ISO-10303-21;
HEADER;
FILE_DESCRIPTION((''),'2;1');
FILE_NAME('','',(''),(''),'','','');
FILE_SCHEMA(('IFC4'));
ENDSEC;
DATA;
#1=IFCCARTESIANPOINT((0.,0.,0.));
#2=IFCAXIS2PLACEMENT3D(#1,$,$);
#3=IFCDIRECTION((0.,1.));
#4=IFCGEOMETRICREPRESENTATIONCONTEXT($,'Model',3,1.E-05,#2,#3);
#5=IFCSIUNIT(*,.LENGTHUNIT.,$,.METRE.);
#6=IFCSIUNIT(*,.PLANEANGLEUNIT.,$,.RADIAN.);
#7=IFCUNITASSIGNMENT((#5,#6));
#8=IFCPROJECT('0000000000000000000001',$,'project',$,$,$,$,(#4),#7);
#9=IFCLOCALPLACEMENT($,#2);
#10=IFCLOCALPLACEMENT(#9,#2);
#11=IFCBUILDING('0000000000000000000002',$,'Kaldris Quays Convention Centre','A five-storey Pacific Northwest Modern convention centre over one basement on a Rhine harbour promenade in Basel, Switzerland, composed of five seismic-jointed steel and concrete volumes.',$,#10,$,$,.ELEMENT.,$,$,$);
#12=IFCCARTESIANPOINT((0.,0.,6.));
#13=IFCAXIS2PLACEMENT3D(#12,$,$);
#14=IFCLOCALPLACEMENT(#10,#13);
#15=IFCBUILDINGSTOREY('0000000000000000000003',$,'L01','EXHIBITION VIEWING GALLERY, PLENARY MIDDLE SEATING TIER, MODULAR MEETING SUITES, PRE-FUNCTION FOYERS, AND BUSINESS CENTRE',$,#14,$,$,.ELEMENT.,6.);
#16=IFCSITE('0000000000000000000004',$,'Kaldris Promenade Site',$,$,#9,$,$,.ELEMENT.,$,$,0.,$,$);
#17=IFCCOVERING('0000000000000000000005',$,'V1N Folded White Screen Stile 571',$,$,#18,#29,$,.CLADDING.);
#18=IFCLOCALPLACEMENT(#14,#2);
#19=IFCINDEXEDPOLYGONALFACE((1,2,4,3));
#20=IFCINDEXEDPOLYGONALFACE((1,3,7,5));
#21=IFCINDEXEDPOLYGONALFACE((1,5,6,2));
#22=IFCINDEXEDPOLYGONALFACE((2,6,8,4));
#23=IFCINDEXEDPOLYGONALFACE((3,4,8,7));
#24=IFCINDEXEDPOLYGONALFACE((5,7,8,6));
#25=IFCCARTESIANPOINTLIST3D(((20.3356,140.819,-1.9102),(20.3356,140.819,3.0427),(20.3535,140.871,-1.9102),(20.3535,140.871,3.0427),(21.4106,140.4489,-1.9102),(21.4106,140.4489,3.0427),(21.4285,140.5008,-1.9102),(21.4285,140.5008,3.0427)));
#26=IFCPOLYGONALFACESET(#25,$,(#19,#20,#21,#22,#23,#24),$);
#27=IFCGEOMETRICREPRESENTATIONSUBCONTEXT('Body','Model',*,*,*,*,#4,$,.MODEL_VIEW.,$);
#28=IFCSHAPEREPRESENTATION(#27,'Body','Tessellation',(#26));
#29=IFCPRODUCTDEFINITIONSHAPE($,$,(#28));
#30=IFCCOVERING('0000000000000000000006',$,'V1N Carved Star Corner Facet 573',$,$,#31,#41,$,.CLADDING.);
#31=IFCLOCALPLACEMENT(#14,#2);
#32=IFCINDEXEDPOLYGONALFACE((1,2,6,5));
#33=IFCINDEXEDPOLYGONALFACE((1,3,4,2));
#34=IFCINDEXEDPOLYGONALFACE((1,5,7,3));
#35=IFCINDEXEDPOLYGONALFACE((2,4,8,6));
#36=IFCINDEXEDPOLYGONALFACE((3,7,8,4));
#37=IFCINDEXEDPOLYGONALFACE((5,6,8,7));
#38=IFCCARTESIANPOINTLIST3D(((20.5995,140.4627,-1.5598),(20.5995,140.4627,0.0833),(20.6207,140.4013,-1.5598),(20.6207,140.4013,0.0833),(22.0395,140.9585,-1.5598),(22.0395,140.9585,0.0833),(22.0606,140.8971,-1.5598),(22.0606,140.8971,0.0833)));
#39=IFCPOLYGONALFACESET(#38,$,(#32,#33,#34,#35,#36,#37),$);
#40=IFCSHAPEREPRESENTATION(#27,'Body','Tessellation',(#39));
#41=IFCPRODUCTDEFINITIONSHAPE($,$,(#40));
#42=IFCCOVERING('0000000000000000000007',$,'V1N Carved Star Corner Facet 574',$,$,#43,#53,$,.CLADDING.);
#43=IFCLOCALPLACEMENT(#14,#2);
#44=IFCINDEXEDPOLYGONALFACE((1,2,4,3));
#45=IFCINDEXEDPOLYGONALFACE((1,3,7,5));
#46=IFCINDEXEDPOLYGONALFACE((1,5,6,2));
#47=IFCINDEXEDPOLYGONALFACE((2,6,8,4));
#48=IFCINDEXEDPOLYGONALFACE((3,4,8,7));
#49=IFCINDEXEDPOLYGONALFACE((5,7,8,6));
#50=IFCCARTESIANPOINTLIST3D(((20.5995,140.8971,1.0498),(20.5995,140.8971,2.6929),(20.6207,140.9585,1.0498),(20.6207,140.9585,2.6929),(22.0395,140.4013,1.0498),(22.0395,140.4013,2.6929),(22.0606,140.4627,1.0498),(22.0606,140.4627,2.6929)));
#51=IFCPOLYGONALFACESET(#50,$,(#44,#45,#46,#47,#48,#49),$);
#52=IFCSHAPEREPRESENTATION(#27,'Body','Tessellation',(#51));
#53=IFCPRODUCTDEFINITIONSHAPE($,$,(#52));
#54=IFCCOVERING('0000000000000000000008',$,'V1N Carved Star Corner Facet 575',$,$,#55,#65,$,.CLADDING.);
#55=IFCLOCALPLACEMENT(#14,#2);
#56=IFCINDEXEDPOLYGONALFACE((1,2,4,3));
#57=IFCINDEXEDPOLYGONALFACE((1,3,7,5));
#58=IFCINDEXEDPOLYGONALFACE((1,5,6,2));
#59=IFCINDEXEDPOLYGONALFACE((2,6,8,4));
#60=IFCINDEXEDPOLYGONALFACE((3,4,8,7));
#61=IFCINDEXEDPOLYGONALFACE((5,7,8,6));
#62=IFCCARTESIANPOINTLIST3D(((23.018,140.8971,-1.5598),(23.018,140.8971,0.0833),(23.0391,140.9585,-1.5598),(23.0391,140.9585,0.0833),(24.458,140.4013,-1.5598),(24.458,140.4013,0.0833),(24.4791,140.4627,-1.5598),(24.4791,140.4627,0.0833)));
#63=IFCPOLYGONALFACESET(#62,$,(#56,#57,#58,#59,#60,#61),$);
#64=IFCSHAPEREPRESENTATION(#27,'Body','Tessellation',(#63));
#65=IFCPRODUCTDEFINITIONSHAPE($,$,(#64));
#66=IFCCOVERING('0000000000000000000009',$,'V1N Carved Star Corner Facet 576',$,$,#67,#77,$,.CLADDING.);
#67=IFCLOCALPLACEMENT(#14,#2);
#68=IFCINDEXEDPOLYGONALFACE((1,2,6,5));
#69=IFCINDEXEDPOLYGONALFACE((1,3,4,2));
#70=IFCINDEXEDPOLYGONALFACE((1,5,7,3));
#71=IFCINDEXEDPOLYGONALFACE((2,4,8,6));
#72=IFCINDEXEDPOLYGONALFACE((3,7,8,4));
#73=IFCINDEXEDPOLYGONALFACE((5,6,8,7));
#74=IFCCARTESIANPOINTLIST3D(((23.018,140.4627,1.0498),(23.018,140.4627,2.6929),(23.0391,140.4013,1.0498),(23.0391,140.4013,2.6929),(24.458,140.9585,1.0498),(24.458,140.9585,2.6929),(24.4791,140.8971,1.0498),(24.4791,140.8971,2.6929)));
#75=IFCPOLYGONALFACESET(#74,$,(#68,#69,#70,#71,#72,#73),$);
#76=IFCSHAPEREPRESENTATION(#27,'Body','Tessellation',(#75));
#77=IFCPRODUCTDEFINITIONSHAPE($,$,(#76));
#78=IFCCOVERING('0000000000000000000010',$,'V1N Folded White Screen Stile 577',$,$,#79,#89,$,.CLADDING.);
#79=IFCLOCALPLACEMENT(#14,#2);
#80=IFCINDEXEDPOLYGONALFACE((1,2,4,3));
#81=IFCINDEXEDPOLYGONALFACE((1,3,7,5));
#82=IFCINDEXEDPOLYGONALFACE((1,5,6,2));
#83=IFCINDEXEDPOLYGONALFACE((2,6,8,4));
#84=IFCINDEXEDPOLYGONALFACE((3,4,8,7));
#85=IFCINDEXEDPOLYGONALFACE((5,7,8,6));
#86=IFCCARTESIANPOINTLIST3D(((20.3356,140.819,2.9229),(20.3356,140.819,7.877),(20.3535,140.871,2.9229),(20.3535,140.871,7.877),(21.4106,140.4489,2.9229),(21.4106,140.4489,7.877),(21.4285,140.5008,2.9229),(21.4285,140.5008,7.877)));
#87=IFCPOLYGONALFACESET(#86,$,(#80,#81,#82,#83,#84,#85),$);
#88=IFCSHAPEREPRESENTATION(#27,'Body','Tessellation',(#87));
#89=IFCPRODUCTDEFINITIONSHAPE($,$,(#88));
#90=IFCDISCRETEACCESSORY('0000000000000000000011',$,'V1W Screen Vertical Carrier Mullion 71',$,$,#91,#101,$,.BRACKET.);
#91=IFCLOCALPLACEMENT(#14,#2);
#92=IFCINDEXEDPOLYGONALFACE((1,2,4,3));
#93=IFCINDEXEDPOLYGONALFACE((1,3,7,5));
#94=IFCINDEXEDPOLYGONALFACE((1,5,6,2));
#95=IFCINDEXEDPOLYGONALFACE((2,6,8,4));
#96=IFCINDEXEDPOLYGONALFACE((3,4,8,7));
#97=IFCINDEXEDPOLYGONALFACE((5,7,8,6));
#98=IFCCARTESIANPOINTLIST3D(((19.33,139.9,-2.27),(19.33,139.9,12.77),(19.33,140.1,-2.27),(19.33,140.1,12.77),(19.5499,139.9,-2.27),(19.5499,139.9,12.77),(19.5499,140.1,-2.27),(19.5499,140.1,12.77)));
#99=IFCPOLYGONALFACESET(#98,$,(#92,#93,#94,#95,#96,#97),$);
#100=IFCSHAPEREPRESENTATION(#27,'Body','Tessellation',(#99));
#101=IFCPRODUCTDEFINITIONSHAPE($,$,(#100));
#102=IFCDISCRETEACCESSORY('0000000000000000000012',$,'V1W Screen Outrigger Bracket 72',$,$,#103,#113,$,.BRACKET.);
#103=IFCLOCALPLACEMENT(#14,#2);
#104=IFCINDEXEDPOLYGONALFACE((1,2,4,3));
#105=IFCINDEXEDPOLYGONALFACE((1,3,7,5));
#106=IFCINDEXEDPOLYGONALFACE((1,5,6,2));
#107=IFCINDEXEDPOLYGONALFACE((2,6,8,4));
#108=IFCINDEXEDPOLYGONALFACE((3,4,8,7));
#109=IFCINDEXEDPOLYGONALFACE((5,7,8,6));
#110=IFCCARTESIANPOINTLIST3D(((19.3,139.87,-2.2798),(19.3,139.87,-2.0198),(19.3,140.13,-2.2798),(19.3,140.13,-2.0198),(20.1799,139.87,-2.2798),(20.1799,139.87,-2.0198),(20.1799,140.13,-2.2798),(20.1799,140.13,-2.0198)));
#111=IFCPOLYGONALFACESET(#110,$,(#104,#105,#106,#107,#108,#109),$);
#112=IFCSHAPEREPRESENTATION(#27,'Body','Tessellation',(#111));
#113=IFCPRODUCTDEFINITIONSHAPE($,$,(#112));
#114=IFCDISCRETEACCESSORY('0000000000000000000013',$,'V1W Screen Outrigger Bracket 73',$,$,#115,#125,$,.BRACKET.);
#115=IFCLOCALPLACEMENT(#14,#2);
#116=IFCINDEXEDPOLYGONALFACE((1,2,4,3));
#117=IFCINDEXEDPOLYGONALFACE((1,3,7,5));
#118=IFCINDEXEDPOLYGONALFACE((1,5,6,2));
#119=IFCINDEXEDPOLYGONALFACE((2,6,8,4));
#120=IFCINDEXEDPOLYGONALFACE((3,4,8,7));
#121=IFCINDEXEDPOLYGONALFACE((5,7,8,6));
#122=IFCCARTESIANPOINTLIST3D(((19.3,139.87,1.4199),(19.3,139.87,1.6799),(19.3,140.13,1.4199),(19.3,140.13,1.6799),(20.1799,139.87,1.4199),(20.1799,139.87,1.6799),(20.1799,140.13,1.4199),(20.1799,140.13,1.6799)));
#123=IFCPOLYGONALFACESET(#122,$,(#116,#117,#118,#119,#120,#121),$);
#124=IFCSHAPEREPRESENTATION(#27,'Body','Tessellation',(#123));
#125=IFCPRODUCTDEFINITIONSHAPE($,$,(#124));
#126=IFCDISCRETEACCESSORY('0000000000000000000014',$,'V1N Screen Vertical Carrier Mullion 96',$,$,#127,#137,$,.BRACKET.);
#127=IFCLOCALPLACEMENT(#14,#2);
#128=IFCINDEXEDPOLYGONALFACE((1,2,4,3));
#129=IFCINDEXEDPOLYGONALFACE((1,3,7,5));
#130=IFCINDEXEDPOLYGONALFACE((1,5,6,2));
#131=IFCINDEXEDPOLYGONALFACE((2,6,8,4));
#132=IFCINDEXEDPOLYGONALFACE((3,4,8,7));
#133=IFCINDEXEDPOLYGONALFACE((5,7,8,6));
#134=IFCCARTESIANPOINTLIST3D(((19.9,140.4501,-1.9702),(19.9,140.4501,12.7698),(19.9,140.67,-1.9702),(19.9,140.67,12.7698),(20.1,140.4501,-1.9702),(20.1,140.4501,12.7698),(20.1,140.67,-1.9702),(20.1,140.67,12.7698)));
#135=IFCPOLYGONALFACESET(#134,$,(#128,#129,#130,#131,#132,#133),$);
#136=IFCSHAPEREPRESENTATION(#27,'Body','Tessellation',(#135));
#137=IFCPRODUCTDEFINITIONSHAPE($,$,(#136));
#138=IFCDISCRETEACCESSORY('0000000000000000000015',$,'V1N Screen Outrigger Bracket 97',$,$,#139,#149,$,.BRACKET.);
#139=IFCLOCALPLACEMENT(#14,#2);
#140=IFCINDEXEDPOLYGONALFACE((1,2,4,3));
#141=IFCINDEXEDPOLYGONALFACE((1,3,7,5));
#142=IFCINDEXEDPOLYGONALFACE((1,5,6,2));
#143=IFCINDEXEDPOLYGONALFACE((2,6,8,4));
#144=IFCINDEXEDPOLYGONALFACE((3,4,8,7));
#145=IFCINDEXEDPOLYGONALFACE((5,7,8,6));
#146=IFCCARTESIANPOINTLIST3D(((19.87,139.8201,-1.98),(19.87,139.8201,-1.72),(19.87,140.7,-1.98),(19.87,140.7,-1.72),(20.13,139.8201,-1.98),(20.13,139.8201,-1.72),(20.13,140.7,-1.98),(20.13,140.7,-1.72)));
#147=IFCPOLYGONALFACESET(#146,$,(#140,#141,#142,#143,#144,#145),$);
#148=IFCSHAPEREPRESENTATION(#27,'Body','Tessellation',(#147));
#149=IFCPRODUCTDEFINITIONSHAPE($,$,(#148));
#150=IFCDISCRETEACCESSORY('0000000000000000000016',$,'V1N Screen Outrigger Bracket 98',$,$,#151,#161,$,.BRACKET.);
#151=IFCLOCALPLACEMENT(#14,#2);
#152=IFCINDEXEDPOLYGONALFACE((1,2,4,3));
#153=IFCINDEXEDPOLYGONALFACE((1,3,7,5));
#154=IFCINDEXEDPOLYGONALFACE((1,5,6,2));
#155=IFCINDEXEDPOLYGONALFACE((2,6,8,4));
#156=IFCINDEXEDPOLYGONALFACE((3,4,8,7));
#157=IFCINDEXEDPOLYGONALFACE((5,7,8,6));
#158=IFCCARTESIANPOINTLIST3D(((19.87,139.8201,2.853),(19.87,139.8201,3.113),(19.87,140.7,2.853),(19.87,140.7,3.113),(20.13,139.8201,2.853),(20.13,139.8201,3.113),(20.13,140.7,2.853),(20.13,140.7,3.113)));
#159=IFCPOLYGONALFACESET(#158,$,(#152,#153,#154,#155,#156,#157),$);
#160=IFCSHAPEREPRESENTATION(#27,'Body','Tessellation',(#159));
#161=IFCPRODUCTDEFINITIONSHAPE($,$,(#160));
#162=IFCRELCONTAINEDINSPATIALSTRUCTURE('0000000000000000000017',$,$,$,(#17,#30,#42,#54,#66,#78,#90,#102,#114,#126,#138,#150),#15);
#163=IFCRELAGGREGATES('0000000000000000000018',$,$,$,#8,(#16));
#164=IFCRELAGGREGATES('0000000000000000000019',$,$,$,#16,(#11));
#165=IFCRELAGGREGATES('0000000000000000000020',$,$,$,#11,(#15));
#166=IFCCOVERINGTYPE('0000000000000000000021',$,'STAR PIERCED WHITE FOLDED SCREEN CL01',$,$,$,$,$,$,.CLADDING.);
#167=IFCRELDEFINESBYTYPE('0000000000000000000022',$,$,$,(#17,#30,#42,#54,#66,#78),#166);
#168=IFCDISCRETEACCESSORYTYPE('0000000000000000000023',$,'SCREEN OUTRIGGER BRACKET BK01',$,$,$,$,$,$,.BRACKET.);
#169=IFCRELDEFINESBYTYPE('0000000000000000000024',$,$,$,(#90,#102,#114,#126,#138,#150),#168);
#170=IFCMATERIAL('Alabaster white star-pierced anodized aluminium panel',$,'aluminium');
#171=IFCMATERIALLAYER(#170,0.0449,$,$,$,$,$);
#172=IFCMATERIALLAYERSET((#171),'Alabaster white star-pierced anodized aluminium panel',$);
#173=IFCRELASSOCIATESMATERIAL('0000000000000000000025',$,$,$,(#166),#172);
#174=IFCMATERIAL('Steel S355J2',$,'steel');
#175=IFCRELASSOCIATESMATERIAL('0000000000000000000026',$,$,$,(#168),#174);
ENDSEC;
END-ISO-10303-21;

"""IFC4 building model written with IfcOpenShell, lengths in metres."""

from ifc_helpers import new_model, si_unit, direction, frame, origin, origin_2d, place, context, subcontext, project, spatial, rectangle, extrude, material, layer, layer_set, type_object, element, save


model = new_model("IFC4")

# Units and contexts
model_context = context("Model", 3, precision=1e-05, world=origin(), true_north=direction((0.0, 1.0)))
body_context = subcontext(model_context, "Body", "Model", "MODEL_VIEW")
ifc_project = project(units=[si_unit("LENGTHUNIT", "METRE"), si_unit("PLANEANGLEUNIT", "RADIAN")], contexts=[model_context])

# Site, building, storey
site_placement = place(None, origin())
site = spatial("IfcSite", under=ifc_project, at=site_placement, Name="Kaldris Promenade Site", CompositionType="ELEMENT", RefElevation=0.0)
building_placement = place(site_placement, origin())
building = spatial("IfcBuilding", under=site, at=building_placement, Name="Kaldris Quays Convention Centre", Description="A five-storey Pacific Northwest Modern convention centre over one basement on a Rhine harbour promenade in Basel, Switzerland, composed of five seismic-jointed steel and concrete volumes.", CompositionType="ELEMENT")
storey_placement = place(building_placement, frame((0.0, 0.0, 6.0)))
storey = spatial("IfcBuildingStorey", under=building, at=storey_placement, Name="L01", Description="EXHIBITION VIEWING GALLERY, PLENARY MIDDLE SEATING TIER, MODULAR MEETING SUITES, PRE-FUNCTION FOYERS, AND BUSINESS CENTRE", CompositionType="ELEMENT", Elevation=6.0)

# Shared definitions
ifc_material_1 = material(Name="Steel S355J2", Category="steel")

# Coverings
ifc_material_2 = material(Name="Alabaster white star-pierced anodized aluminium panel", Category="aluminium")
ifc_layer_1 = layer(ifc_material_2, 0.0449)
ifc_layer_set_1 = layer_set([ifc_layer_1], Name="Alabaster white star-pierced anodized aluminium panel")
covering_type = type_object("IfcCoveringType", Name="STAR PIERCED WHITE FOLDED SCREEN CL01", PredefinedType="CLADDING", material=ifc_layer_set_1)
covering_1_placement = place(storey_placement, frame((20.8821, 140.6599, -1.9102), z_axis=(0.0, 0.0, 1.0), x_axis=(0.945519, -0.325568, 0.0)))
element("IfcCovering", 1, at=covering_1_placement, inside=storey, type_object=covering_type, Name="V1N Folded White Screen Stile 571", PredefinedType="CLADDING", context=body_context, shape_type="SweptSolid", body=[
    extrude(rectangle(XDim=1.137, YDim=0.0549, at=origin_2d()), origin(), (0.0, 0.0, 1.0), 4.9529),
])
for number, where, z_axis, x_axis, name in (
    (2, (21.3301, 140.6799, -1.5598), (0.0, 0.0, 1.0), (0.945519, 0.325568, 0.0), "V1N Carved Star Corner Facet 573"),
    (3, (21.3301, 140.6799, 1.0498), (0.0, 0.0, 1.0), (0.945519, -0.325568, 0.0), "V1N Carved Star Corner Facet 574"),
    (4, (23.7485, 140.6799, -1.5598), (0.0, 0.0, 1.0), (0.945519, -0.325568, 0.0), "V1N Carved Star Corner Facet 575"),
    (5, (23.7485, 140.6799, 1.0498), (0.0, 0.0, 1.0), (0.945519, 0.325568, 0.0), "V1N Carved Star Corner Facet 576"),
):
    element("IfcCovering", number, at=place(storey_placement, frame(where, z_axis=z_axis, x_axis=x_axis)), inside=storey, type_object=covering_type, Name=name, PredefinedType="CLADDING", context=body_context, shape_type="SweptSolid", body=[
        extrude(rectangle(XDim=1.5229, YDim=0.0649, at=origin_2d()), origin(), (0.0, 0.0, 1.0), 1.6431),
    ])
covering_2_placement = place(storey_placement, frame((20.8821, 140.6599, 2.9229), z_axis=(0.0, 0.0, 1.0), x_axis=(0.945519, -0.325568, 0.0)))
element("IfcCovering", 6, at=covering_2_placement, inside=storey, type_object=covering_type, Name="V1N Folded White Screen Stile 577", PredefinedType="CLADDING", context=body_context, shape_type="SweptSolid", body=[
    extrude(rectangle(XDim=1.137, YDim=0.0549, at=origin_2d()), origin(), (0.0, 0.0, 1.0), 4.9541),
])

# Discrete accessories
discrete_accessory_type = type_object("IfcDiscreteAccessoryType", Name="SCREEN OUTRIGGER BRACKET BK01", PredefinedType="BRACKET", material=ifc_material_1)
discrete_accessory_1_placement = place(storey_placement, frame((19.4399, 140.0, -2.27), z_axis=(0.0, 0.0, 1.0), x_axis=(0.0, 1.0, 0.0)))
element("IfcDiscreteAccessory", 7, at=discrete_accessory_1_placement, inside=storey, type_object=discrete_accessory_type, Name="V1W Screen Vertical Carrier Mullion 71", PredefinedType="BRACKET", context=body_context, shape_type="SweptSolid", body=[
    extrude(rectangle(XDim=0.2, YDim=0.22, at=origin_2d()), origin(), (0.0, 0.0, 1.0), 15.04),
])
for number, where, z_axis, x_axis, name in (
    (8, (19.74, 140.0, -2.2798), (0.0, 0.0, 1.0), (0.0, 1.0, 0.0), "V1W Screen Outrigger Bracket 72"),
    (9, (19.74, 140.0, 1.4199), (0.0, 0.0, 1.0), (0.0, 1.0, 0.0), "V1W Screen Outrigger Bracket 73"),
):
    element("IfcDiscreteAccessory", number, at=place(storey_placement, frame(where, z_axis=z_axis, x_axis=x_axis)), inside=storey, type_object=discrete_accessory_type, Name=name, PredefinedType="BRACKET", context=body_context, shape_type="SweptSolid", body=[
        extrude(rectangle(XDim=0.26, YDim=0.8799, at=origin_2d()), origin(), (0.0, 0.0, 1.0), 0.26),
    ])
discrete_accessory_2_placement = place(storey_placement, frame((20.0, 140.5601, -1.9702), z_axis=(0.0, 0.0, 1.0), x_axis=(1.0, 0.0, 0.0)))
element("IfcDiscreteAccessory", 10, at=discrete_accessory_2_placement, inside=storey, type_object=discrete_accessory_type, Name="V1N Screen Vertical Carrier Mullion 96", PredefinedType="BRACKET", context=body_context, shape_type="SweptSolid", body=[
    extrude(rectangle(XDim=0.2, YDim=0.22, at=origin_2d()), origin(), (0.0, 0.0, 1.0), 14.74),
])
for number, where, z_axis, x_axis, name in (
    (11, (20.0, 140.26, -1.98), (0.0, 0.0, 1.0), (1.0, 0.0, 0.0), "V1N Screen Outrigger Bracket 97"),
    (12, (20.0, 140.26, 2.853), (0.0, 0.0, 1.0), (1.0, 0.0, 0.0), "V1N Screen Outrigger Bracket 98"),
):
    element("IfcDiscreteAccessory", number, at=place(storey_placement, frame(where, z_axis=z_axis, x_axis=x_axis)), inside=storey, type_object=discrete_accessory_type, Name=name, PredefinedType="BRACKET", context=body_context, shape_type="SweptSolid", body=[
        extrude(rectangle(XDim=0.26, YDim=0.8799, at=origin_2d()), origin(), (0.0, 0.0, 1.0), 0.26),
    ])

save(model, "model.ifc")
